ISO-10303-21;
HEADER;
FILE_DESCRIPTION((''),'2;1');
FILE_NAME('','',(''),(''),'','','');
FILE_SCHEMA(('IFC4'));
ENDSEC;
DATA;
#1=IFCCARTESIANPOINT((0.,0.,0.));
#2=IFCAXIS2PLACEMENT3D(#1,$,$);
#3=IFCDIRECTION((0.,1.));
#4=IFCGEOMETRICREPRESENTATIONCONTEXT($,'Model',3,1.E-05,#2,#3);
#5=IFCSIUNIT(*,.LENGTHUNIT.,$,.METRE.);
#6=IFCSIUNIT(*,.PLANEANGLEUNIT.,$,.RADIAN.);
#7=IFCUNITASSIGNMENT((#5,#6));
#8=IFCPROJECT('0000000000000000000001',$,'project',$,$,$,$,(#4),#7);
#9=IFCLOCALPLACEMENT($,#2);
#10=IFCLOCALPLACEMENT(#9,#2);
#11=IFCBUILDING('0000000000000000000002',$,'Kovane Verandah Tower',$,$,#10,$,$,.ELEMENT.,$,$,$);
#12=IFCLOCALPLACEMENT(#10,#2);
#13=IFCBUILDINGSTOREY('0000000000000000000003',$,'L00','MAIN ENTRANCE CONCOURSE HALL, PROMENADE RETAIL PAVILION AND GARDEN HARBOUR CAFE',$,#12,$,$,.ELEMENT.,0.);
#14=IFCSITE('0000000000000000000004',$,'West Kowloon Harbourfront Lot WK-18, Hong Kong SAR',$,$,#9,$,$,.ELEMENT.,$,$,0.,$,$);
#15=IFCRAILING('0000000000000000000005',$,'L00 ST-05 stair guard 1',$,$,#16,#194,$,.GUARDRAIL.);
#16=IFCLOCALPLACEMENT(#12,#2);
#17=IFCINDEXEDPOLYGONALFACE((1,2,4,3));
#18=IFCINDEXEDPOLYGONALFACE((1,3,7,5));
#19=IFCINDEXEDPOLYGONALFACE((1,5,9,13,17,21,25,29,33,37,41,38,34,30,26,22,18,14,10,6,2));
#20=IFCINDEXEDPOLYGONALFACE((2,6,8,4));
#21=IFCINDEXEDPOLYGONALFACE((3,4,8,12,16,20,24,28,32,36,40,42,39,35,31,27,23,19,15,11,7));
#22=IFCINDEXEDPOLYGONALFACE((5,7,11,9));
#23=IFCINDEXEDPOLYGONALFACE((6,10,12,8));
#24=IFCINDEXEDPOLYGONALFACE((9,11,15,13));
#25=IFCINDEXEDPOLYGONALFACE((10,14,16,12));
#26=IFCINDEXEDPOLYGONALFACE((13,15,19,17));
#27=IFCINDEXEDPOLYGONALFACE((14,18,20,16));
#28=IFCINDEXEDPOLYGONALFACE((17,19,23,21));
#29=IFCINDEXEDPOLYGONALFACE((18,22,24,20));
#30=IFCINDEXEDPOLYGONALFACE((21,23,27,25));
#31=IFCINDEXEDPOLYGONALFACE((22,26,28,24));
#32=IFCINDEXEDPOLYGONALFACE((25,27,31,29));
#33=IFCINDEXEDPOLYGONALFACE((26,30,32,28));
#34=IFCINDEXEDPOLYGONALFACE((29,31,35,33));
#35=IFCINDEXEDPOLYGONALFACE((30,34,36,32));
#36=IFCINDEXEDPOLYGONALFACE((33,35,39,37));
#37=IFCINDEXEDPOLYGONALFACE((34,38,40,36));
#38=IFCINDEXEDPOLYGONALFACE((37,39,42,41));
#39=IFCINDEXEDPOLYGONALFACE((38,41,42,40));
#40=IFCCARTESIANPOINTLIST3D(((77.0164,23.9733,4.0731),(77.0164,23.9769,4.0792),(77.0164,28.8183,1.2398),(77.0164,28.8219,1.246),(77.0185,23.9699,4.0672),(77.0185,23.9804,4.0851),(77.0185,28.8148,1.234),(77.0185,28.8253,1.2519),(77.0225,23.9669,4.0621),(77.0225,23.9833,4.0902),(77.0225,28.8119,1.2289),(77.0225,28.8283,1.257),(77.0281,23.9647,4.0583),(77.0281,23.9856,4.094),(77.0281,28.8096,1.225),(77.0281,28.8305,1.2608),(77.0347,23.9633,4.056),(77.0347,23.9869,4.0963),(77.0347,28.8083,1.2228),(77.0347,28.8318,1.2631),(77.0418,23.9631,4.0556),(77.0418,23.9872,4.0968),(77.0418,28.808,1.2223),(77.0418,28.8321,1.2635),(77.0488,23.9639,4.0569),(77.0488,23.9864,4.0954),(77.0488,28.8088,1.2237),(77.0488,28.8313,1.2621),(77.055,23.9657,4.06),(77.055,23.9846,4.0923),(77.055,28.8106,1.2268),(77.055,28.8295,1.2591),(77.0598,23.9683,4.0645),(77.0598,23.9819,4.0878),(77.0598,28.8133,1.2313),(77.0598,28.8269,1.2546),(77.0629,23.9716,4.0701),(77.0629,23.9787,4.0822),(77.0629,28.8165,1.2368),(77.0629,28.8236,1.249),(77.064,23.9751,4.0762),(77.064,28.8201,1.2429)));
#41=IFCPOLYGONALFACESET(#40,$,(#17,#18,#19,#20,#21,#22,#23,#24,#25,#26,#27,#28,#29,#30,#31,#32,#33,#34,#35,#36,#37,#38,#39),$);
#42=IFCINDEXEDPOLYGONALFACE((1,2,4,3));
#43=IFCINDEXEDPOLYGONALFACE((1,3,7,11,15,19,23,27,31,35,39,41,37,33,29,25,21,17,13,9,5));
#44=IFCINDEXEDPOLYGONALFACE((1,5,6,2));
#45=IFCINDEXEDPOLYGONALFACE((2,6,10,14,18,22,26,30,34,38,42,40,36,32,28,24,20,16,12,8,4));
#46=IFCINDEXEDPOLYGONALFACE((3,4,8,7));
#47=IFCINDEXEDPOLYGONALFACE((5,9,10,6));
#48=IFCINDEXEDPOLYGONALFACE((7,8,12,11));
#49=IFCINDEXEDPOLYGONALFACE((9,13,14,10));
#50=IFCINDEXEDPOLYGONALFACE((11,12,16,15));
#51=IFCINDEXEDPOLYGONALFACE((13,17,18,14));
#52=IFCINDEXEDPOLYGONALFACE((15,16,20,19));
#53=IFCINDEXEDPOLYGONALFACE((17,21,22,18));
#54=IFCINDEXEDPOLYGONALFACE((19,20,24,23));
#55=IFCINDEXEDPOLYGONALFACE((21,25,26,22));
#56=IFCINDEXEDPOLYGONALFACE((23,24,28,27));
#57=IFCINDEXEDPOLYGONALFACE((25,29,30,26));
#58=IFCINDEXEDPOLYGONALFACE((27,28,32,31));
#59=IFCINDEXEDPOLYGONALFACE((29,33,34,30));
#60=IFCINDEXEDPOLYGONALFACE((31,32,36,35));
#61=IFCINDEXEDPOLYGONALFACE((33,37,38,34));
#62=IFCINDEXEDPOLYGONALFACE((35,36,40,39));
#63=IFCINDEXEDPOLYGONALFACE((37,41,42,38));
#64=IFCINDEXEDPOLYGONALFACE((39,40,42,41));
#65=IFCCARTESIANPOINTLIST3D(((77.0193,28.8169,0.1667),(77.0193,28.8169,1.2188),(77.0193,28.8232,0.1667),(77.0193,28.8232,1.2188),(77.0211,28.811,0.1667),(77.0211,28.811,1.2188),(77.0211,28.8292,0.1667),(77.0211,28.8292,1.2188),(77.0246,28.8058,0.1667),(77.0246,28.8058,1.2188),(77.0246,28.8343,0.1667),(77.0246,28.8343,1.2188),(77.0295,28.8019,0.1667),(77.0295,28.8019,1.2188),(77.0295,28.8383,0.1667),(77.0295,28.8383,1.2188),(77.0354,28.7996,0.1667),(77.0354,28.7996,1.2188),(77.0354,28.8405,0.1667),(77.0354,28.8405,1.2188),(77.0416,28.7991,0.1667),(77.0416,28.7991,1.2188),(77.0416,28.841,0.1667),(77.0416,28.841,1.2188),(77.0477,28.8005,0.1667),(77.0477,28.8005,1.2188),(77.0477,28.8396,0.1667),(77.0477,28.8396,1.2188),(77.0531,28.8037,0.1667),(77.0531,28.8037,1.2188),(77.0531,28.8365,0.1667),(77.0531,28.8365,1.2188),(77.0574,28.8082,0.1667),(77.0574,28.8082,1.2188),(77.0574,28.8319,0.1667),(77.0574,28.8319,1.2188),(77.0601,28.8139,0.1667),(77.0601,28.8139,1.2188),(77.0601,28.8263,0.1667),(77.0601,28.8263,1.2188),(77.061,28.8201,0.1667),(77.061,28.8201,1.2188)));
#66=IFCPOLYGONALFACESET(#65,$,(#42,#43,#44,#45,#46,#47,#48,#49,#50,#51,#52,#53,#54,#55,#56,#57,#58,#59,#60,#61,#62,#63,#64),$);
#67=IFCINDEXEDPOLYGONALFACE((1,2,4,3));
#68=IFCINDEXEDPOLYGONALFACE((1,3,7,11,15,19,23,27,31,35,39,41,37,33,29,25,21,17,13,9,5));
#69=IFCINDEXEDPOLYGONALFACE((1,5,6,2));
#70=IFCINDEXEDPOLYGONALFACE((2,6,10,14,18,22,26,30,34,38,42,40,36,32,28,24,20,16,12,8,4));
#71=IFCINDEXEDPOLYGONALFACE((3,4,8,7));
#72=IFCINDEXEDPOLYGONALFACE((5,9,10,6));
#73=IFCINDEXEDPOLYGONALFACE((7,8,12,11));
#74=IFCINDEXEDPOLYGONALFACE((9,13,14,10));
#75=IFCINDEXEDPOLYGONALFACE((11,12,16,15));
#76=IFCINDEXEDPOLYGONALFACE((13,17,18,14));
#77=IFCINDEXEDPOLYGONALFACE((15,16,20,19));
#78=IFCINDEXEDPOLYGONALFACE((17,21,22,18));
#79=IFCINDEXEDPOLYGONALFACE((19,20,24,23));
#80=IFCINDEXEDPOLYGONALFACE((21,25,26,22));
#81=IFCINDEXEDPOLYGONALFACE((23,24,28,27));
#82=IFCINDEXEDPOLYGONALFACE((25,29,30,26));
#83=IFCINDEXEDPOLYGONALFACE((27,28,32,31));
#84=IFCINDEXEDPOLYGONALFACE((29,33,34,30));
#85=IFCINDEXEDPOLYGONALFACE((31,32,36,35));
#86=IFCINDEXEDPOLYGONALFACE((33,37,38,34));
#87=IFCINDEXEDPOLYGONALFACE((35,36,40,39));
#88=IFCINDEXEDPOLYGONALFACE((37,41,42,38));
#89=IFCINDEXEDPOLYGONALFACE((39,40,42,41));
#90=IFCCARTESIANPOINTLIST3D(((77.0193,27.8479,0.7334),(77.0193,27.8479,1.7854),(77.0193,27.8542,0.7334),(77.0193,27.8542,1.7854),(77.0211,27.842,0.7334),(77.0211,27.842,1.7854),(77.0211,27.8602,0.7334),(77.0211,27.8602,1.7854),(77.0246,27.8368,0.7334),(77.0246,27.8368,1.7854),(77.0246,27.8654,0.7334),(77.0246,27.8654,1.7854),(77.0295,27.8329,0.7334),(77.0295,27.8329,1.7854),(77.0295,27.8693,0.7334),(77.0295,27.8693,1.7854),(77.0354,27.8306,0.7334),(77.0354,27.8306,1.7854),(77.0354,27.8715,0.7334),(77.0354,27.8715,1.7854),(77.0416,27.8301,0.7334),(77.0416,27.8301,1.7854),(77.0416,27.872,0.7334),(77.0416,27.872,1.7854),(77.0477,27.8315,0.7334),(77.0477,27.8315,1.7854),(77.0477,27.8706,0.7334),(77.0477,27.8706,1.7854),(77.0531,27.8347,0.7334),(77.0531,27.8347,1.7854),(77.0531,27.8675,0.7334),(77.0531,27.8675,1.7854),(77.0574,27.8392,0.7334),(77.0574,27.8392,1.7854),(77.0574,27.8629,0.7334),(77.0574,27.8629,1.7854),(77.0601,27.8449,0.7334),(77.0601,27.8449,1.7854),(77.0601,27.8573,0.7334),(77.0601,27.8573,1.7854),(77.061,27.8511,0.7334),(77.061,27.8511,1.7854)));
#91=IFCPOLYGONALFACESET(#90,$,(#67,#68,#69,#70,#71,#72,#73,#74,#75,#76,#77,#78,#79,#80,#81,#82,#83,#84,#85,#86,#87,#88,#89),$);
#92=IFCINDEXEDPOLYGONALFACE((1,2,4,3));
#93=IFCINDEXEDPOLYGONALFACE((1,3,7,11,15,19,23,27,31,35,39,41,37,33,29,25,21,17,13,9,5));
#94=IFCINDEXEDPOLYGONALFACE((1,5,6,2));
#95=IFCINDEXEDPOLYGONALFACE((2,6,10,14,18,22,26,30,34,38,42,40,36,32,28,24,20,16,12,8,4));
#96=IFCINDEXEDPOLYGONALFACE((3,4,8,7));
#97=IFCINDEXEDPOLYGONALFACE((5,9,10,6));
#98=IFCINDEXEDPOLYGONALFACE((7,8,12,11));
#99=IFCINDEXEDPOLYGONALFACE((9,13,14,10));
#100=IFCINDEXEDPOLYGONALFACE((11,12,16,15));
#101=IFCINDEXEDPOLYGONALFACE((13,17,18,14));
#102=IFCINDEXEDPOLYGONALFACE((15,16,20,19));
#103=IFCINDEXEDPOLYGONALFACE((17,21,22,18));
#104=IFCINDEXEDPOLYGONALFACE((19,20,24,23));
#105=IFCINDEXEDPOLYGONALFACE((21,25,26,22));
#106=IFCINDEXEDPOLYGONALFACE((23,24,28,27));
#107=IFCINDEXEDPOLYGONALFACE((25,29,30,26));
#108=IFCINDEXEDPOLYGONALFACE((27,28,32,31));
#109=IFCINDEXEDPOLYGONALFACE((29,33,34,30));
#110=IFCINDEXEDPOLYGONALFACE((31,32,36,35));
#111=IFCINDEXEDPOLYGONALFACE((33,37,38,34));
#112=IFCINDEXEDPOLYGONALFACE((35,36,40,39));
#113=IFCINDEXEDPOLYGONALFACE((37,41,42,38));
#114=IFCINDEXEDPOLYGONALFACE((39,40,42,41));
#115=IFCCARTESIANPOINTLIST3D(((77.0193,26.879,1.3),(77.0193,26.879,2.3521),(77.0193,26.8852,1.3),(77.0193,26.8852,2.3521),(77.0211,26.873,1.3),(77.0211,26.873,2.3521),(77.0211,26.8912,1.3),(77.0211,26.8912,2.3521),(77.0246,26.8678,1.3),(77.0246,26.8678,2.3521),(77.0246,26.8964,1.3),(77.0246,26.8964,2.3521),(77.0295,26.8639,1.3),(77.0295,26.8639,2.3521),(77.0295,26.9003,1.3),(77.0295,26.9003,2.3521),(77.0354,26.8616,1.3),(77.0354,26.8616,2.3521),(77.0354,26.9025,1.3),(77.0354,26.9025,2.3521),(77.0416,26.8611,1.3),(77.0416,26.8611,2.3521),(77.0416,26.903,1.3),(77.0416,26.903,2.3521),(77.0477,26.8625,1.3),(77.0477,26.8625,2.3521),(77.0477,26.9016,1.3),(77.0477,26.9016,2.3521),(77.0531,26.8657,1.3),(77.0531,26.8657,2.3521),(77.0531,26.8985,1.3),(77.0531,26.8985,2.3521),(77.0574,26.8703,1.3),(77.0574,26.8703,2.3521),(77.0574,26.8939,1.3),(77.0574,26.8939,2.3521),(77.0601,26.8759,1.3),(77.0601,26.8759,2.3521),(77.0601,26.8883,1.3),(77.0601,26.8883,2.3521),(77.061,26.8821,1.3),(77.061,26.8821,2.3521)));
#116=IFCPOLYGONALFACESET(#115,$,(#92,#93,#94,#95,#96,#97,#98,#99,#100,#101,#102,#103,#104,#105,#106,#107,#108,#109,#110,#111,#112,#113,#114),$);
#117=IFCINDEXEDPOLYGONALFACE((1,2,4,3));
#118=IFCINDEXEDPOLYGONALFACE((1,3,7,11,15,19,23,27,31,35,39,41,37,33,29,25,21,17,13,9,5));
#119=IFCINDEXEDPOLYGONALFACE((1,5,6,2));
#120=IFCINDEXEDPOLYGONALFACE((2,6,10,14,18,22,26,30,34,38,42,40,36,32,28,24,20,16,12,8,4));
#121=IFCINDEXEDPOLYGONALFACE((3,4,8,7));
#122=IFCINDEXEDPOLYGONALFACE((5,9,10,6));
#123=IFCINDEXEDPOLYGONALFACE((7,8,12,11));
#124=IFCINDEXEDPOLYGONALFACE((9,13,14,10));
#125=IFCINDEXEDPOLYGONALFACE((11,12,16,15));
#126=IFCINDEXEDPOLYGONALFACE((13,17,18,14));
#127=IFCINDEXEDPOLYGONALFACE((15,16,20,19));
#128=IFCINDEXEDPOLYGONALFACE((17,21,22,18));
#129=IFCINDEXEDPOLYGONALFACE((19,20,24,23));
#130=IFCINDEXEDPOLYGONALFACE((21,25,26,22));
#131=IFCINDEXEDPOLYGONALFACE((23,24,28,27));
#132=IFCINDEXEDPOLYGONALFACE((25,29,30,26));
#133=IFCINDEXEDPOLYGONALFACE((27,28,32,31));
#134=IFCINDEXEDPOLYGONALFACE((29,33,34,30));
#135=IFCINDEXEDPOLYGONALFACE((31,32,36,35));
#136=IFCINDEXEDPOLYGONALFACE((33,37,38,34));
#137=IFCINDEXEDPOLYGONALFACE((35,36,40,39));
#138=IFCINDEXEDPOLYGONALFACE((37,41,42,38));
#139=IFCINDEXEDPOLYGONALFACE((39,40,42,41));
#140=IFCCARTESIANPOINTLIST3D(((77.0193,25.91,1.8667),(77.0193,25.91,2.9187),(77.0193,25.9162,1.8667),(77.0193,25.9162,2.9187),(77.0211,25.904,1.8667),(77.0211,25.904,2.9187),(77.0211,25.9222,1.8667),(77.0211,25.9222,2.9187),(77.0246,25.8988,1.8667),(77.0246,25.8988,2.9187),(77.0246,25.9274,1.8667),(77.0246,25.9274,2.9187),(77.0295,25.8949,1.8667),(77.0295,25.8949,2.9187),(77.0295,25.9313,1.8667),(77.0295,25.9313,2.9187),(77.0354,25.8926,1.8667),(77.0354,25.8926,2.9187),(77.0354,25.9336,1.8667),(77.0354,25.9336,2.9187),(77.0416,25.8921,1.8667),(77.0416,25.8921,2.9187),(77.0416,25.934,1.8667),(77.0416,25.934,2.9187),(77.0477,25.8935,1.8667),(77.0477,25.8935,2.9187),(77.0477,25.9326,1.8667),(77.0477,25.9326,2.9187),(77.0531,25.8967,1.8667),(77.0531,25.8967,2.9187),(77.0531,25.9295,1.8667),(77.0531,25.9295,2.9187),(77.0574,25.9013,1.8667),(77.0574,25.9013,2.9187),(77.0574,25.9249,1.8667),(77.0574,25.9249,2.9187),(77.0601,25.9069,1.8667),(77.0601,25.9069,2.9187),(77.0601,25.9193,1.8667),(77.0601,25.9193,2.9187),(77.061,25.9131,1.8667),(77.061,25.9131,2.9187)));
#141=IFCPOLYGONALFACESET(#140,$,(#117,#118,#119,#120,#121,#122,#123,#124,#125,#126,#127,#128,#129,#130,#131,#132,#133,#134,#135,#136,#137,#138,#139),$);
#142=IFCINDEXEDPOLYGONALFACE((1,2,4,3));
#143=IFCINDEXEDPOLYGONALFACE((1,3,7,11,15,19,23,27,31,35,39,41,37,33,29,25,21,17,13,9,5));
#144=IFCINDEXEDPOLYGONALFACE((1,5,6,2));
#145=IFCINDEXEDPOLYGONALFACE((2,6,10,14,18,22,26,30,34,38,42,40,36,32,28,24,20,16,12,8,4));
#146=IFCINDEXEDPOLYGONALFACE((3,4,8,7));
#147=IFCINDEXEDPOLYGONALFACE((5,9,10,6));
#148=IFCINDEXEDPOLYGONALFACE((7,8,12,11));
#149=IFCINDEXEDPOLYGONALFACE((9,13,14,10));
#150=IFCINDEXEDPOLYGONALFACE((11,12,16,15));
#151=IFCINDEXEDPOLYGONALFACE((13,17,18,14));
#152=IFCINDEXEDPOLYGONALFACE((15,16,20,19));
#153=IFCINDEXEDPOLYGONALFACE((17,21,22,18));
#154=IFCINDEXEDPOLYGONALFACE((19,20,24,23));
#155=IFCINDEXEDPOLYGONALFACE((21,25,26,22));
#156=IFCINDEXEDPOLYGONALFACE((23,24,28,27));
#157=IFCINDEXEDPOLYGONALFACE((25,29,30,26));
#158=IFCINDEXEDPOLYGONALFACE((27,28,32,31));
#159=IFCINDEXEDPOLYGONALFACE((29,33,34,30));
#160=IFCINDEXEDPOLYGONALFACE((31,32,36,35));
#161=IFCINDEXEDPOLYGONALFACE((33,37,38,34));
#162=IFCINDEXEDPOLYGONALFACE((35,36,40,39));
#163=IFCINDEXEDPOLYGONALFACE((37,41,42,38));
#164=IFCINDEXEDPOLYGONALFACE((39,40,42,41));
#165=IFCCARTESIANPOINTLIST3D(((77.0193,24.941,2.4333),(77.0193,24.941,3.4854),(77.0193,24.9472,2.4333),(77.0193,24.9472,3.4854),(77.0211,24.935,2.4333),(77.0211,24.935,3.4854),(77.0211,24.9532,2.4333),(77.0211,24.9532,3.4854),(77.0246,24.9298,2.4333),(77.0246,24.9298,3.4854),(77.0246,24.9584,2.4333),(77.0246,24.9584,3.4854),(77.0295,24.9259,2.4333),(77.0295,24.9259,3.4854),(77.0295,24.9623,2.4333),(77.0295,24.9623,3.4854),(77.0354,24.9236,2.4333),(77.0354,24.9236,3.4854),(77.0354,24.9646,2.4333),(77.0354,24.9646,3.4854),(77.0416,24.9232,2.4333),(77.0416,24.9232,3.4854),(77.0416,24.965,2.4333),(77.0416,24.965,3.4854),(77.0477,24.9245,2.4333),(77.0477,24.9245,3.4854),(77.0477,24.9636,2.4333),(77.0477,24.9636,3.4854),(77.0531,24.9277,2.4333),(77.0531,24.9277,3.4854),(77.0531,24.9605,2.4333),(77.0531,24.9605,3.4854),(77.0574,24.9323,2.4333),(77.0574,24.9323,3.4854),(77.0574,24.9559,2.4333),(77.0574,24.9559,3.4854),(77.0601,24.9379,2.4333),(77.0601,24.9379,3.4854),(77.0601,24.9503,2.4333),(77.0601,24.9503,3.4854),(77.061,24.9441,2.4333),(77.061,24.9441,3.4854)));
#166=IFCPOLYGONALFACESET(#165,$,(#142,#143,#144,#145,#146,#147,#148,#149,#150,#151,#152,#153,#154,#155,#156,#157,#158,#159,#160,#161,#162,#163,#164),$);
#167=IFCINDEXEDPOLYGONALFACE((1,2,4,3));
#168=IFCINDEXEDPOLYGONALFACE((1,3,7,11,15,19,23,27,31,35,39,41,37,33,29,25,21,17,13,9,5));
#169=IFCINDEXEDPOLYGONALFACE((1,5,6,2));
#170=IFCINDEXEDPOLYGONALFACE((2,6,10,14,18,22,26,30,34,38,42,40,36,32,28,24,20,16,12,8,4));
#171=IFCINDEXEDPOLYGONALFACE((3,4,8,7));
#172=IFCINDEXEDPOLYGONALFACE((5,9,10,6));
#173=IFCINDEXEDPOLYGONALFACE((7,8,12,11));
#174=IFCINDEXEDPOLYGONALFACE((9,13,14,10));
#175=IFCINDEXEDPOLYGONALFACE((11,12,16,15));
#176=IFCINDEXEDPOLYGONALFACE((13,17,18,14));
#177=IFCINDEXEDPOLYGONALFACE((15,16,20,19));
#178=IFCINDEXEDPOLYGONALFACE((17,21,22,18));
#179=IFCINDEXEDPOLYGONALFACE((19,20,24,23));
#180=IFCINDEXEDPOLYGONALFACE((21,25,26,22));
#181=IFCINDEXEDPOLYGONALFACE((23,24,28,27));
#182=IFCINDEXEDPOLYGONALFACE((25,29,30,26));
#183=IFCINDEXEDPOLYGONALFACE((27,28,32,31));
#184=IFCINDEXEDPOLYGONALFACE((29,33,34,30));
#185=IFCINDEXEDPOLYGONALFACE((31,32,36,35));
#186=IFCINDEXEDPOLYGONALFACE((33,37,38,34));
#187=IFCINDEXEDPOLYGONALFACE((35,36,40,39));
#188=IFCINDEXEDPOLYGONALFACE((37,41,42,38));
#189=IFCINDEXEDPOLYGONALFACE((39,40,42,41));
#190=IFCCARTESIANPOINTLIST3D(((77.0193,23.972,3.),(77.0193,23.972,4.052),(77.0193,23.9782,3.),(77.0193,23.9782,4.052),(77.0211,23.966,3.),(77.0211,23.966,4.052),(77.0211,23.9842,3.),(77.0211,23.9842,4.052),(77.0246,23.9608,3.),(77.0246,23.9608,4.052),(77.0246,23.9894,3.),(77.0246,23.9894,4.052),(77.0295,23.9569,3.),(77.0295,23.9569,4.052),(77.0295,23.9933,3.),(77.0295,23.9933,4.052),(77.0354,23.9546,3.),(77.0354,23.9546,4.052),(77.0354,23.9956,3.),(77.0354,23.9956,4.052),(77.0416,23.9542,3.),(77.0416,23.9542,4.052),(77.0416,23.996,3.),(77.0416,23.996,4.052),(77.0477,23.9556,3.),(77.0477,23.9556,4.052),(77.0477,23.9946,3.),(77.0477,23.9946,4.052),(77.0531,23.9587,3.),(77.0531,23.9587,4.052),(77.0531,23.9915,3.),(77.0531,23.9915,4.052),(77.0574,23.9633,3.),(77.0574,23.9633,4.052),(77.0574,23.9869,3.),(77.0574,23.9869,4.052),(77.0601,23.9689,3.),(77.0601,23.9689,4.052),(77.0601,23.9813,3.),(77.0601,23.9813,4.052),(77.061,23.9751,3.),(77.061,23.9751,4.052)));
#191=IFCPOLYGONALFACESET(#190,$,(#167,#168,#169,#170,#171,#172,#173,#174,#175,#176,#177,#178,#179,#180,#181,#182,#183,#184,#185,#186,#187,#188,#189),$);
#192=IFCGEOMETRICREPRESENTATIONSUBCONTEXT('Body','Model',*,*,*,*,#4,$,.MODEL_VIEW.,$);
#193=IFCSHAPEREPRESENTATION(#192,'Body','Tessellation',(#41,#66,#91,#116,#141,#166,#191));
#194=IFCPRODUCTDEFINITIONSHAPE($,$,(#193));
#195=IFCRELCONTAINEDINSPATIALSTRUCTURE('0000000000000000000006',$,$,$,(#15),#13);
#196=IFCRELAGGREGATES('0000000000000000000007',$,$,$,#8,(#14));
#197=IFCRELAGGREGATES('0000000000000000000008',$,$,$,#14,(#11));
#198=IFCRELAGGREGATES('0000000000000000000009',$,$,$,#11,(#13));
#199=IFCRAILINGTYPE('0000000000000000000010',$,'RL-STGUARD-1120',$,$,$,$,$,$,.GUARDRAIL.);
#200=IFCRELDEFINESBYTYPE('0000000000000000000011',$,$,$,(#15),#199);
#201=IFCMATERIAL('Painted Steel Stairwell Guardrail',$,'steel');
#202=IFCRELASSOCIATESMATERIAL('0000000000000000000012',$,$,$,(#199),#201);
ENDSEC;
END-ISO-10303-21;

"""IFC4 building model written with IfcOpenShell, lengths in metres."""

from ifc_helpers import new_model, si_unit, direction, frame, origin, origin_2d, place, context, subcontext, project, spatial, circle, extrude, material, type_object, element, save


model = new_model("IFC4")

# Units and contexts
model_context = context("Model", 3, precision=1e-05, world=origin(), true_north=direction((0.0, 1.0)))
body_context = subcontext(model_context, "Body", "Model", "MODEL_VIEW")
ifc_project = project(units=[si_unit("LENGTHUNIT", "METRE"), si_unit("PLANEANGLEUNIT", "RADIAN")], contexts=[model_context])

# Site, building, storey
site_placement = place(None, origin())
site = spatial("IfcSite", under=ifc_project, at=site_placement, Name="West Kowloon Harbourfront Lot WK-18, Hong Kong SAR", CompositionType="ELEMENT", RefElevation=0.0)
building_placement = place(site_placement, origin())
building = spatial("IfcBuilding", under=site, at=building_placement, Name="Kovane Verandah Tower", CompositionType="ELEMENT")
storey_placement = place(building_placement, origin())
storey = spatial("IfcBuildingStorey", under=building, at=storey_placement, Name="L00", Description="MAIN ENTRANCE CONCOURSE HALL, PROMENADE RETAIL PAVILION AND GARDEN HARBOUR CAFE", CompositionType="ELEMENT", Elevation=0.0)

# Railing
ifc_material_1 = material(Name="Painted Steel Stairwell Guardrail", Category="steel")
railing_type_1 = type_object("IfcRailingType", Name="RL-STGUARD-1120", PredefinedType="GUARDRAIL", material=ifc_material_1)
railing_1_placement = place(storey_placement, frame((77.04, 28.8201, 0.1667)))
element("IfcRailing", 1, at=railing_1_placement, inside=storey, type_object=railing_type_1, Name="L00 ST-05 stair guard 1", PredefinedType="GUARDRAIL", context=body_context, shape_type="SweptSolid", body=[
    extrude(circle(Radius=0.0239, at=origin_2d()), frame((0.0, 0.0, 1.0762), z_axis=(0.0, -0.863234, 0.504804), x_axis=(1.0, 0.0, 0.0)), (0.0, 0.0, 1.0), 5.6125),
    extrude(circle(Radius=0.021, at=origin_2d()), origin(), (0.0, 0.0, 1.0), 1.052),
    extrude(circle(Radius=0.021, at=origin_2d()), frame((0.0, -0.969, 0.5667)), (0.0, 0.0, 1.0), 1.052),
    extrude(circle(Radius=0.021, at=origin_2d()), frame((0.0, -1.938, 1.1333)), (0.0, 0.0, 1.0), 1.052),
    extrude(circle(Radius=0.021, at=origin_2d()), frame((0.0, -2.907, 1.7)), (0.0, 0.0, 1.0), 1.052),
    extrude(circle(Radius=0.021, at=origin_2d()), frame((0.0, -3.876, 2.2666)), (0.0, 0.0, 1.0), 1.052),
    extrude(circle(Radius=0.021, at=origin_2d()), frame((0.0, -4.845, 2.8333)), (0.0, 0.0, 1.0), 1.052),
])

save(model, "model.ifc")
